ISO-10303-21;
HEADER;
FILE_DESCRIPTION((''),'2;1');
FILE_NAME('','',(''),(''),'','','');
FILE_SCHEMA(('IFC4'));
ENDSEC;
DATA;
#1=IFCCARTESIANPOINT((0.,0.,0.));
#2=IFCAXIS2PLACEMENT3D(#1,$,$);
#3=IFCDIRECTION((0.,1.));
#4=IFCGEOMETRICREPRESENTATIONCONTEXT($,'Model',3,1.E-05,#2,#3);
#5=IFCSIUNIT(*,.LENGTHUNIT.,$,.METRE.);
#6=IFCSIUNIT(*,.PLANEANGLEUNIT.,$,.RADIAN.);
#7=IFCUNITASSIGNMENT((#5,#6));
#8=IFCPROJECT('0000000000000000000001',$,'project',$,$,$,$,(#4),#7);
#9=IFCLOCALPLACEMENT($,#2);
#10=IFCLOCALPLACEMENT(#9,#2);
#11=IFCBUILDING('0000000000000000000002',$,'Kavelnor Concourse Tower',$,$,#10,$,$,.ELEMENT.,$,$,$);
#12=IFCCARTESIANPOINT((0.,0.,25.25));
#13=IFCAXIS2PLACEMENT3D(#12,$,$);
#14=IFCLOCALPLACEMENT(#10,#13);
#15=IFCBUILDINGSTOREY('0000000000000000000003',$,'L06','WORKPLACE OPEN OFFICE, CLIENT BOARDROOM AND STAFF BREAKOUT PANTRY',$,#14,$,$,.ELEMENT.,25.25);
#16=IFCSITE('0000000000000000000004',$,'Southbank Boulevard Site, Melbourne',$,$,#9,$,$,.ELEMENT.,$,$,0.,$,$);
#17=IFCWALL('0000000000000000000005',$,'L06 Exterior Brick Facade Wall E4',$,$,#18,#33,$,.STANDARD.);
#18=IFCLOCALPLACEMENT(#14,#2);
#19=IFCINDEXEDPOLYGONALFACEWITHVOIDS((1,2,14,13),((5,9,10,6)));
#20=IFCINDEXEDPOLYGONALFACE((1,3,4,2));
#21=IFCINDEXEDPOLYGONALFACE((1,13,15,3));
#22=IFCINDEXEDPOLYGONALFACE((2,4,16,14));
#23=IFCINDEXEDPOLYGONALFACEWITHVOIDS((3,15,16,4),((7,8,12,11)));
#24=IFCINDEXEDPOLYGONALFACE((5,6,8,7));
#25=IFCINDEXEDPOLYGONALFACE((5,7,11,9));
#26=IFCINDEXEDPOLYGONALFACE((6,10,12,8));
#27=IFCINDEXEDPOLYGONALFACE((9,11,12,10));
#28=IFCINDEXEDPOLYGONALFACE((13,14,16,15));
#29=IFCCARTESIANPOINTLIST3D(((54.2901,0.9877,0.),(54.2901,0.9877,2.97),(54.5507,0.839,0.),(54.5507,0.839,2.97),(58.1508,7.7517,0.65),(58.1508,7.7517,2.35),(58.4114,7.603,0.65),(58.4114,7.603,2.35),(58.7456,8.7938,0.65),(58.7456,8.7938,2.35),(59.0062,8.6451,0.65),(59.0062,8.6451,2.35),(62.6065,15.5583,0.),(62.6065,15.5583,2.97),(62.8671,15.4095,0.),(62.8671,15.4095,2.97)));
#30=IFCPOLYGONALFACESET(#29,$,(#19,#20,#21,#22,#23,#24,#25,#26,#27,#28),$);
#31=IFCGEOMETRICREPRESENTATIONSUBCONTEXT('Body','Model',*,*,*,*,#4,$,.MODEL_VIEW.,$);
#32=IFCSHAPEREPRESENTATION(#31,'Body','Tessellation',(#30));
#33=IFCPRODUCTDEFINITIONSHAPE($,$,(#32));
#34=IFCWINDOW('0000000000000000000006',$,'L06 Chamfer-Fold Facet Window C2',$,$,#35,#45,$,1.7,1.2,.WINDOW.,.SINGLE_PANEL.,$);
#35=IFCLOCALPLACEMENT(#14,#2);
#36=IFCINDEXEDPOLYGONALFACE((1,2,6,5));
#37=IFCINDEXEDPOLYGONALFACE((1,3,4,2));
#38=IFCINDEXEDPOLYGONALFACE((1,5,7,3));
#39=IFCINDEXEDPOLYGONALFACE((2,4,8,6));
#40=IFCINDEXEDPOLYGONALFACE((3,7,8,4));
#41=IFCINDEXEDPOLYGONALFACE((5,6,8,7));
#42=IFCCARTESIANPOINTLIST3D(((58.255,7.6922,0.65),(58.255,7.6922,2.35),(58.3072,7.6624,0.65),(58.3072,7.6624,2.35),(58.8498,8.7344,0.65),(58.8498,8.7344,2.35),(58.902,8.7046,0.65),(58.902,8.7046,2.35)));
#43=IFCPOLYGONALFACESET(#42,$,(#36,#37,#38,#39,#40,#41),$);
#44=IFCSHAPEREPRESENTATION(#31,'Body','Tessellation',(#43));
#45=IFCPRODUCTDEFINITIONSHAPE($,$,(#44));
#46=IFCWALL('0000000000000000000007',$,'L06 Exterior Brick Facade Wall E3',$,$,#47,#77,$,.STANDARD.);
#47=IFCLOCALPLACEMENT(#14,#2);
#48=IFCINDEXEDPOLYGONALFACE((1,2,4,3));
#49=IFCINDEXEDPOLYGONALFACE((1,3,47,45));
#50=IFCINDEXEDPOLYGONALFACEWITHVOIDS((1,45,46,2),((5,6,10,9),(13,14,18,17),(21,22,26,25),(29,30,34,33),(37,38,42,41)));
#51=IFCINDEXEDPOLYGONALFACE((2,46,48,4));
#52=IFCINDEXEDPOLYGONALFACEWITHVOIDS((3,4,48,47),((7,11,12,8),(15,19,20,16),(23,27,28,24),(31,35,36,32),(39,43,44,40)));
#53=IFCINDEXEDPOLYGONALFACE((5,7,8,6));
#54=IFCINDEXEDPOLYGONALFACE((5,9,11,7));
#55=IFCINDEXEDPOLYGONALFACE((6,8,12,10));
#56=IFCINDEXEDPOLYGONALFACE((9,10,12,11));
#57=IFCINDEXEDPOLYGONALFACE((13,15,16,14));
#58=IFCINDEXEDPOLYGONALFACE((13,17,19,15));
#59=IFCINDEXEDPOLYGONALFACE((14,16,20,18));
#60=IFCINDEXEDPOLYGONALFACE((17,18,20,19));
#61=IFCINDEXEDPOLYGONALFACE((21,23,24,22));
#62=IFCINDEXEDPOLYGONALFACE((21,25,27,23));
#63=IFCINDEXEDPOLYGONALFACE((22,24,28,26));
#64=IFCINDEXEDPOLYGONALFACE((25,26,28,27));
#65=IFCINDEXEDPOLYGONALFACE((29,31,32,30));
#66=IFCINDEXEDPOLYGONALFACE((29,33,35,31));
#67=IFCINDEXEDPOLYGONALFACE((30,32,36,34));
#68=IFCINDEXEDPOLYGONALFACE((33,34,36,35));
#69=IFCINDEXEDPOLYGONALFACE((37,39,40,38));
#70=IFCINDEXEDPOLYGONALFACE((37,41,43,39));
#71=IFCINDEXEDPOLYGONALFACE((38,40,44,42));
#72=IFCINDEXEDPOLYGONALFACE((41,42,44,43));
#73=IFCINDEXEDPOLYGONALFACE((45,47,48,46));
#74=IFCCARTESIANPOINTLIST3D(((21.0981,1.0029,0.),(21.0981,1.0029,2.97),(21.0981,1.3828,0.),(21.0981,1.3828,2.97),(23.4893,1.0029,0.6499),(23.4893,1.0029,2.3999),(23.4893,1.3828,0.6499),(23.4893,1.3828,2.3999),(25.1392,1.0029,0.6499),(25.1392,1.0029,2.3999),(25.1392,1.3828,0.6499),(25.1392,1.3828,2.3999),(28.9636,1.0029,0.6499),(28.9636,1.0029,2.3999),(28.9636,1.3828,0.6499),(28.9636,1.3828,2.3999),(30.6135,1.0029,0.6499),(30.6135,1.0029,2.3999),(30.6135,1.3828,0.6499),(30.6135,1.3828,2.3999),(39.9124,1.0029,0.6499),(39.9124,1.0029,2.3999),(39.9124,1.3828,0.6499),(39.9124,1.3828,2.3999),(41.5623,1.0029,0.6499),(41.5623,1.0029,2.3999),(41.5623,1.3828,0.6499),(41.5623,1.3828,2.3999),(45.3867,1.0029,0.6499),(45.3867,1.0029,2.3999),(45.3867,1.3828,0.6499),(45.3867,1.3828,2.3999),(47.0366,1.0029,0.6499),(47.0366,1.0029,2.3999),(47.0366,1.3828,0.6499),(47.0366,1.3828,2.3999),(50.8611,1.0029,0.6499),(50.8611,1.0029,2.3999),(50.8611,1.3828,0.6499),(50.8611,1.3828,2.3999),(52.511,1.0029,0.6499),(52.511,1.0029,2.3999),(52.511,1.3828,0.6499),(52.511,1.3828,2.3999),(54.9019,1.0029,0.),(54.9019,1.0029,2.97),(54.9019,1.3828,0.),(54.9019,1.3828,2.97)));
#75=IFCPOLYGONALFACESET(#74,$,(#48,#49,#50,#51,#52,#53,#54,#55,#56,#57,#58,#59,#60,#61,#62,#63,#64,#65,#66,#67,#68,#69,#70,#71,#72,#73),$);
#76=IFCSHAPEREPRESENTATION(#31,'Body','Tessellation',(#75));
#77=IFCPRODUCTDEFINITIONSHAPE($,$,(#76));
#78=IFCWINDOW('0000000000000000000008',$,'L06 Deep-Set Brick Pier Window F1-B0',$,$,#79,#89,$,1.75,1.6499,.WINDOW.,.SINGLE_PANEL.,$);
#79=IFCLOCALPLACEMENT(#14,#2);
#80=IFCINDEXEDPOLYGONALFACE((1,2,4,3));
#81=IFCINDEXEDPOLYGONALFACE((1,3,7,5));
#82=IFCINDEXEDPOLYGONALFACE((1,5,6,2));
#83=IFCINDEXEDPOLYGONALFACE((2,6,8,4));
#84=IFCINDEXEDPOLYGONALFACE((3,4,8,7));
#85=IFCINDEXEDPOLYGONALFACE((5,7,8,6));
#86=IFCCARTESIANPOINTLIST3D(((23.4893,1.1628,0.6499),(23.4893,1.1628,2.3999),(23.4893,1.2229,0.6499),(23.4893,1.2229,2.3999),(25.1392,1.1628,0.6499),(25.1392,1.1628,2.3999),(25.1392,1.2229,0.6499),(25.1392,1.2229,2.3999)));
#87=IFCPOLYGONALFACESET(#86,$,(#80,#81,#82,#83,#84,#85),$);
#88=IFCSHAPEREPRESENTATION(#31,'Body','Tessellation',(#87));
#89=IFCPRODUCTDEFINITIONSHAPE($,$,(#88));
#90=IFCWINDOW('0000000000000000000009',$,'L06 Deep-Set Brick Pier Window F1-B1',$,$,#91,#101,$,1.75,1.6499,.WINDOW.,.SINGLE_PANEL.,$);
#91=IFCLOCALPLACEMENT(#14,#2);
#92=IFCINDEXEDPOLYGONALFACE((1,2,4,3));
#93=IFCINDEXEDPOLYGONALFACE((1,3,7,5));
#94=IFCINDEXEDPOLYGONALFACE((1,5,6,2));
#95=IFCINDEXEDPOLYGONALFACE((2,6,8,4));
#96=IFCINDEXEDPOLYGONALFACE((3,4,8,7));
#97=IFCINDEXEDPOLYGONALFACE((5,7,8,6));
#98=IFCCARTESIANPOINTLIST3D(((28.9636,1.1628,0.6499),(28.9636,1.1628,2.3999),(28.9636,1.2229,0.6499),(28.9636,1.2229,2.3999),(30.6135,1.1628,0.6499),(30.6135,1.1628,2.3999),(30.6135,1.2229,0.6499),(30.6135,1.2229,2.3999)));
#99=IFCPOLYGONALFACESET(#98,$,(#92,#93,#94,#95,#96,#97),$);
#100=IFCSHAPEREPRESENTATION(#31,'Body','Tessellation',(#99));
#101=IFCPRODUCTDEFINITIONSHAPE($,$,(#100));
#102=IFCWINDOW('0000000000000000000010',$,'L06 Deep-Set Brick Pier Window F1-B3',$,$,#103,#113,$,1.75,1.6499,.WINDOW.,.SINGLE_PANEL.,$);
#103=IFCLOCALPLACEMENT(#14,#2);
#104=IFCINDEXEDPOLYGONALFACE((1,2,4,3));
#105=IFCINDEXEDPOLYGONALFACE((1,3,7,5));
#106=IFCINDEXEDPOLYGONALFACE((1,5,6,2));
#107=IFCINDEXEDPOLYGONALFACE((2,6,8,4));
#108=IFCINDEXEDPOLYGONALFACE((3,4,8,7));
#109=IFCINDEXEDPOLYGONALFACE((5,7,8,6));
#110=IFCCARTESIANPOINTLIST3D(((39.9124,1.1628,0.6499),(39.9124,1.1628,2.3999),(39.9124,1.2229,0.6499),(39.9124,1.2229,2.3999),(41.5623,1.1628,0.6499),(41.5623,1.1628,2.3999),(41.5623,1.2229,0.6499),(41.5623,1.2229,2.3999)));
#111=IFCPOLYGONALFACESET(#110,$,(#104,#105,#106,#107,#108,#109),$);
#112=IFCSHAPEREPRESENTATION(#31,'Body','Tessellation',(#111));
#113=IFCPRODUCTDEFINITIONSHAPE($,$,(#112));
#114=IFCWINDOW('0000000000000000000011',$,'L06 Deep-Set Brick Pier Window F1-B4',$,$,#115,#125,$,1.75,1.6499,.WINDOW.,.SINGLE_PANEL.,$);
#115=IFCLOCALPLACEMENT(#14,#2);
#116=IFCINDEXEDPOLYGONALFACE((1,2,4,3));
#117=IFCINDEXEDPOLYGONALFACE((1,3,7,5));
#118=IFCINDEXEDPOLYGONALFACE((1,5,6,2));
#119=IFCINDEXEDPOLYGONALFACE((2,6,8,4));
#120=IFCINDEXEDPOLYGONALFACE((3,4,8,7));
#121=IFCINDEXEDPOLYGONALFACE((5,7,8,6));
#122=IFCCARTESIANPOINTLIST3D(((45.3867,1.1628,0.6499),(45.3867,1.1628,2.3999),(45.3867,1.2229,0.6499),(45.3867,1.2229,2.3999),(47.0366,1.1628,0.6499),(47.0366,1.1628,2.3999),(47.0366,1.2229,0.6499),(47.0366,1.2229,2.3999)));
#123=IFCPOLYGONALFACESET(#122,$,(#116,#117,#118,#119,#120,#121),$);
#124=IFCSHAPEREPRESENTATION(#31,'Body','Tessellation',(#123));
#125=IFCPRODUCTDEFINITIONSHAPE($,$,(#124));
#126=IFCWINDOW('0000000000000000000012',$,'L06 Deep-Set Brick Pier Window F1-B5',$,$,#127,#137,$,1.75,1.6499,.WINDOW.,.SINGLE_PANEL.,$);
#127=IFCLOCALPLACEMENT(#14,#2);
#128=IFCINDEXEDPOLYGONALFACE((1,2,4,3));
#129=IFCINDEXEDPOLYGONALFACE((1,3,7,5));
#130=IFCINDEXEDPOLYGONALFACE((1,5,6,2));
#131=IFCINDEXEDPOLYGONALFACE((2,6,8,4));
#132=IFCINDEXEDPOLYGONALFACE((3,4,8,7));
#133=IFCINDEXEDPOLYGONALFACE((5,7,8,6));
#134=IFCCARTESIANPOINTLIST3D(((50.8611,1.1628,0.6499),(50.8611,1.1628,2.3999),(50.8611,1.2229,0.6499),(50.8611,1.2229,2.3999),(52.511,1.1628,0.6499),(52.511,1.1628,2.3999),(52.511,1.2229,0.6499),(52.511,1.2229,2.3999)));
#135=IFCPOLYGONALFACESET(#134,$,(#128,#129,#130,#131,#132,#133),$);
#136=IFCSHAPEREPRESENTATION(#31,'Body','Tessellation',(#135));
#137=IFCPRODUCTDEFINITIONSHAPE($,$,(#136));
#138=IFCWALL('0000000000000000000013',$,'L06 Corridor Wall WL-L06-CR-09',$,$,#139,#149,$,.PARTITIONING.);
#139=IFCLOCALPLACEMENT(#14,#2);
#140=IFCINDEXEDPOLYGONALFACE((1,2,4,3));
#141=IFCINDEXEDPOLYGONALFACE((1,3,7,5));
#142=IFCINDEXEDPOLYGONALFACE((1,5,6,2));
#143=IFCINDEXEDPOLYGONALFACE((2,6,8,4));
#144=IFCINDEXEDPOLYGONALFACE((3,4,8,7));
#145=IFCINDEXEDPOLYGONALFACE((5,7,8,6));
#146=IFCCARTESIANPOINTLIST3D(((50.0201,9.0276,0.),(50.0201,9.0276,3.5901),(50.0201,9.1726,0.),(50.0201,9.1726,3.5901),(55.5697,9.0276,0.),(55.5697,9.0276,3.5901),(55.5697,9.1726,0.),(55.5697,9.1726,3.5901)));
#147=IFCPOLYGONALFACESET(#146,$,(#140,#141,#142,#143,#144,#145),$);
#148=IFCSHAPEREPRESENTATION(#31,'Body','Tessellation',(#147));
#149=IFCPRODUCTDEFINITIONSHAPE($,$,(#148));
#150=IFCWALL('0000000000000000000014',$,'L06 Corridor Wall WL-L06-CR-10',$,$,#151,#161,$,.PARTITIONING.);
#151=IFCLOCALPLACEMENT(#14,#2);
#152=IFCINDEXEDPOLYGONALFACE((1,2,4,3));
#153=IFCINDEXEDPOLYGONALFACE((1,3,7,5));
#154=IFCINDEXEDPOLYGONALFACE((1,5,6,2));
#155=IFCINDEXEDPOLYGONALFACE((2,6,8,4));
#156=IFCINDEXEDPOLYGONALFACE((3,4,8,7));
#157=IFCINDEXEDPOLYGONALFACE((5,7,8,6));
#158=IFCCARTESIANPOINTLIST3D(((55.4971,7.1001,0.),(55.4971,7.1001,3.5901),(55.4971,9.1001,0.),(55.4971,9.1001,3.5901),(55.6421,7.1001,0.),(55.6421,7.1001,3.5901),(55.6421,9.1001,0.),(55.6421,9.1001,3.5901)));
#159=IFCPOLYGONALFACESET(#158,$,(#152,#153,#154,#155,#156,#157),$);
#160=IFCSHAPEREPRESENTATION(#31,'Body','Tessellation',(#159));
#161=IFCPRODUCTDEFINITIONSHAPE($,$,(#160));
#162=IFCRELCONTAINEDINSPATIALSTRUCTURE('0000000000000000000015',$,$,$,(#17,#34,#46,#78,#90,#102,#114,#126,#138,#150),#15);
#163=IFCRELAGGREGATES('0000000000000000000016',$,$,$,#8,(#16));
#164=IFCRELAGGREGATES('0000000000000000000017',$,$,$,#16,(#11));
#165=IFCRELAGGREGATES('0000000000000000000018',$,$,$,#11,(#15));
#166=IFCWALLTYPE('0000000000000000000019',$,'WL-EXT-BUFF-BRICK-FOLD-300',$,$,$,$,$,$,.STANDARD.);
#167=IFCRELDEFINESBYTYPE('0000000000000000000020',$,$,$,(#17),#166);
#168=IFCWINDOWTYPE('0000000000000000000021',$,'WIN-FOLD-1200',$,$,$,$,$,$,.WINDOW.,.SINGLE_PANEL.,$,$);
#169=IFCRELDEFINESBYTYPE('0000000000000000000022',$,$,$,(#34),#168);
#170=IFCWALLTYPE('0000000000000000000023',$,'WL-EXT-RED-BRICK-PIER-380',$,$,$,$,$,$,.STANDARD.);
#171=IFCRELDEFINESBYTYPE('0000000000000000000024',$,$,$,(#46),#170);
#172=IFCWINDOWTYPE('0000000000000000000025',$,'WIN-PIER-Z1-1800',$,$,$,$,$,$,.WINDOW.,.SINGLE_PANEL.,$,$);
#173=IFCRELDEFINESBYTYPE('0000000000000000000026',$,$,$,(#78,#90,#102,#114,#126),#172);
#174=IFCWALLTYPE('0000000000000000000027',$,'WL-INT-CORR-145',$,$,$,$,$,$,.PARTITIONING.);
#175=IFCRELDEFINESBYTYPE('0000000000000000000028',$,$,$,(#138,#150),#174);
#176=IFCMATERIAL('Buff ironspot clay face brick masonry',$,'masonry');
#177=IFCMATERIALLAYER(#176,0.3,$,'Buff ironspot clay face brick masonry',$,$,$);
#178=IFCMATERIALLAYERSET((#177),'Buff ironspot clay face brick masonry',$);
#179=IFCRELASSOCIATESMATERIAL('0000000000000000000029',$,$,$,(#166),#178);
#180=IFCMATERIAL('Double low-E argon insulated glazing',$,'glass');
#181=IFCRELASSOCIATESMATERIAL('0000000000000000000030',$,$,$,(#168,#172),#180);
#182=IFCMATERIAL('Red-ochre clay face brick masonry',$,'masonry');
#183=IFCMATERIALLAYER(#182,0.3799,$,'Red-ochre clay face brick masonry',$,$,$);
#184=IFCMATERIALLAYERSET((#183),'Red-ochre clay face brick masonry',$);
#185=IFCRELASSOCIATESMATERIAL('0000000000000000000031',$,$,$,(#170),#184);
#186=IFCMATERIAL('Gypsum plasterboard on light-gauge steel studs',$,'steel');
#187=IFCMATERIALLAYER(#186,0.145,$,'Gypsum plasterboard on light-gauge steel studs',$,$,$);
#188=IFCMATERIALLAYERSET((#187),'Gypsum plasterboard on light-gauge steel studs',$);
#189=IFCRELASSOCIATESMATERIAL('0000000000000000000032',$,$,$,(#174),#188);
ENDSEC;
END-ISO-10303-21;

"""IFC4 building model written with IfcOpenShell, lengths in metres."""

from ifc_helpers import new_model, si_unit, direction, frame, frame_2d, origin, place, context, subcontext, project, spatial, rectangle, extrude, material, layer, layer_set, type_object, element, fill, save


model = new_model("IFC4")

# Units and contexts
model_context = context("Model", 3, precision=1e-05, world=origin(), true_north=direction((0.0, 1.0)))
body_context = subcontext(model_context, "Body", "Model", "MODEL_VIEW")
ifc_project = project(units=[si_unit("LENGTHUNIT", "METRE"), si_unit("PLANEANGLEUNIT", "RADIAN")], contexts=[model_context])

# Site, building, storey
site_placement = place(None, origin())
site = spatial("IfcSite", under=ifc_project, at=site_placement, Name="Southbank Boulevard Site, Melbourne", CompositionType="ELEMENT", RefElevation=0.0)
building_placement = place(site_placement, origin())
building = spatial("IfcBuilding", under=site, at=building_placement, Name="Kavelnor Concourse Tower", CompositionType="ELEMENT")
storey_placement = place(building_placement, frame((0.0, 0.0, 25.25)))
storey = spatial("IfcBuildingStorey", under=building, at=storey_placement, Name="L06", Description="WORKPLACE OPEN OFFICE, CLIENT BOARDROOM AND STAFF BREAKOUT PANTRY", CompositionType="ELEMENT", Elevation=25.25)

# Wall, opening, window
ifc_material_1 = material(Name="Buff ironspot clay face brick masonry", Category="masonry")
ifc_layer_1 = layer(ifc_material_1, 0.3, Name="Buff ironspot clay face brick masonry")
ifc_layer_set_1 = layer_set([ifc_layer_1], Name="Buff ironspot clay face brick masonry")
wall_type_1 = type_object("IfcWallType", Name="WL-EXT-BUFF-BRICK-FOLD-300", PredefinedType="STANDARD", material=ifc_layer_set_1)
wall_1_placement = place(storey_placement, frame((62.7368, 15.4839, 0.0), z_axis=(0.0, 0.0, 1.0), x_axis=(-0.495706, -0.86849, 0.0)))
wall_1 = element("IfcWall", 1, at=wall_1_placement, inside=storey, type_object=wall_type_1, Name="L06 Exterior Brick Facade Wall E4", PredefinedType="STANDARD", context=body_context, shape_type="SweptSolid", body=[
    extrude(rectangle(XDim=16.7769, YDim=0.3, at=frame_2d((8.3884, 0.0))), origin(), (0.0, 0.0, 1.0), 2.97),
])
opening_1_placement = place(wall_1_placement, frame((7.7886, 0.0, 0.6499)))
opening_1 = element("IfcOpeningElement", 2, at=opening_1_placement, cuts=wall_1, PredefinedType="OPENING", context=body_context, shape_type="SweptSolid", body=[
    extrude(rectangle(XDim=1.2, YDim=1.7, at=frame_2d((0.6001, 0.8501))), frame((0.0, 0.1602, 0.0), z_axis=(0.0, -1.0, 0.0), x_axis=(1.0, 0.0, 0.0)), (0.0, 0.0, 1.0), 0.3201),
])
ifc_material_2 = material(Name="Double low-E argon insulated glazing", Category="glass")
window_type_1 = type_object("IfcWindowType", Name="WIN-FOLD-1200", PartitioningType="SINGLE_PANEL", PredefinedType="WINDOW", material=ifc_material_2)
window_1_placement = place(opening_1_placement, origin())
window_1 = element("IfcWindow", 3, at=window_1_placement, inside=storey, type_object=window_type_1, Name="L06 Chamfer-Fold Facet Window C2", OverallHeight=1.7, OverallWidth=1.2, PartitioningType="SINGLE_PANEL", PredefinedType="WINDOW", context=body_context, shape_type="SweptSolid", body=[
    extrude(rectangle(XDim=1.2, YDim=1.7, at=frame_2d((0.6001, 0.8501))), frame((0.0, 0.03, 0.0), z_axis=(0.0, -1.0, 0.0), x_axis=(1.0, 0.0, 0.0)), (0.0, 0.0, 1.0), 0.0601),
])
fill(opening_1, window_1)

# Wall, openings, windows
ifc_material_3 = material(Name="Red-ochre clay face brick masonry", Category="masonry")
ifc_layer_2 = layer(ifc_material_3, 0.3799, Name="Red-ochre clay face brick masonry")
ifc_layer_set_2 = layer_set([ifc_layer_2], Name="Red-ochre clay face brick masonry")
wall_type_2 = type_object("IfcWallType", Name="WL-EXT-RED-BRICK-PIER-380", PredefinedType="STANDARD", material=ifc_layer_set_2)
wall_2_placement = place(storey_placement, frame((54.9019, 1.1929, 0.0), z_axis=(0.0, 0.0, 1.0), x_axis=(-1.0, 0.0, 0.0)))
wall_2 = element("IfcWall", 4, at=wall_2_placement, inside=storey, type_object=wall_type_2, Name="L06 Exterior Brick Facade Wall E3", PredefinedType="STANDARD", context=body_context, shape_type="SweptSolid", body=[
    extrude(rectangle(XDim=33.8037, YDim=0.3799, at=frame_2d((16.9019, 0.0))), origin(), (0.0, 0.0, 1.0), 2.97),
])
opening_2_placement = place(wall_2_placement, frame((29.7627, 0.0, 0.6499)))
opening_2 = element("IfcOpeningElement", 5, at=opening_2_placement, cuts=wall_2, PredefinedType="OPENING", context=body_context, shape_type="SweptSolid", body=[
    extrude(rectangle(XDim=1.6499, YDim=1.75, at=frame_2d((0.825, 0.875))), frame((0.0, 0.2, 0.0), z_axis=(0.0, -1.0, 0.0), x_axis=(1.0, 0.0, 0.0)), (0.0, 0.0, 1.0), 0.3999),
])
opening_3_placement = place(wall_2_placement, frame((24.2883, 0.0, 0.6499)))
opening_3 = element("IfcOpeningElement", 6, at=opening_3_placement, cuts=wall_2, PredefinedType="OPENING", context=body_context, shape_type="SweptSolid", body=[
    extrude(rectangle(XDim=1.6499, YDim=1.75, at=frame_2d((0.825, 0.875))), frame((0.0, 0.2, 0.0), z_axis=(0.0, -1.0, 0.0), x_axis=(1.0, 0.0, 0.0)), (0.0, 0.0, 1.0), 0.3999),
])
opening_4_placement = place(wall_2_placement, frame((13.3396, 0.0, 0.6499)))
opening_4 = element("IfcOpeningElement", 7, at=opening_4_placement, cuts=wall_2, PredefinedType="OPENING", context=body_context, shape_type="SweptSolid", body=[
    extrude(rectangle(XDim=1.6499, YDim=1.75, at=frame_2d((0.825, 0.875))), frame((0.0, 0.2, 0.0), z_axis=(0.0, -1.0, 0.0), x_axis=(1.0, 0.0, 0.0)), (0.0, 0.0, 1.0), 0.3999),
])
opening_5_placement = place(wall_2_placement, frame((7.8652, 0.0, 0.6499)))
opening_5 = element("IfcOpeningElement", 8, at=opening_5_placement, cuts=wall_2, PredefinedType="OPENING", context=body_context, shape_type="SweptSolid", body=[
    extrude(rectangle(XDim=1.6499, YDim=1.75, at=frame_2d((0.825, 0.875))), frame((0.0, 0.2, 0.0), z_axis=(0.0, -1.0, 0.0), x_axis=(1.0, 0.0, 0.0)), (0.0, 0.0, 1.0), 0.3999),
])
opening_6_placement = place(wall_2_placement, frame((2.3909, 0.0, 0.6499)))
opening_6 = element("IfcOpeningElement", 9, at=opening_6_placement, cuts=wall_2, PredefinedType="OPENING", context=body_context, shape_type="SweptSolid", body=[
    extrude(rectangle(XDim=1.6499, YDim=1.75, at=frame_2d((0.825, 0.875))), frame((0.0, 0.2, 0.0), z_axis=(0.0, -1.0, 0.0), x_axis=(1.0, 0.0, 0.0)), (0.0, 0.0, 1.0), 0.3999),
])
window_type_2 = type_object("IfcWindowType", Name="WIN-PIER-Z1-1800", PartitioningType="SINGLE_PANEL", PredefinedType="WINDOW", material=ifc_material_2)
window_2_placement = place(opening_2_placement, origin())
window_2 = element("IfcWindow", 10, at=window_2_placement, inside=storey, type_object=window_type_2, Name="L06 Deep-Set Brick Pier Window F1-B0", OverallHeight=1.75, OverallWidth=1.6499, PartitioningType="SINGLE_PANEL", PredefinedType="WINDOW", context=body_context, shape_type="SweptSolid", body=[
    extrude(rectangle(XDim=1.6499, YDim=1.75, at=frame_2d((0.825, 0.875))), frame((0.0, 0.03, 0.0), z_axis=(0.0, -1.0, 0.0), x_axis=(1.0, 0.0, 0.0)), (0.0, 0.0, 1.0), 0.0601),
])
fill(opening_2, window_2)
window_3_placement = place(opening_3_placement, origin())
window_3 = element("IfcWindow", 11, at=window_3_placement, inside=storey, type_object=window_type_2, Name="L06 Deep-Set Brick Pier Window F1-B1", OverallHeight=1.75, OverallWidth=1.6499, PartitioningType="SINGLE_PANEL", PredefinedType="WINDOW", context=body_context, shape_type="SweptSolid", body=[
    extrude(rectangle(XDim=1.6499, YDim=1.75, at=frame_2d((0.825, 0.875))), frame((0.0, 0.03, 0.0), z_axis=(0.0, -1.0, 0.0), x_axis=(1.0, 0.0, 0.0)), (0.0, 0.0, 1.0), 0.0601),
])
fill(opening_3, window_3)
window_4_placement = place(opening_4_placement, origin())
window_4 = element("IfcWindow", 12, at=window_4_placement, inside=storey, type_object=window_type_2, Name="L06 Deep-Set Brick Pier Window F1-B3", OverallHeight=1.75, OverallWidth=1.6499, PartitioningType="SINGLE_PANEL", PredefinedType="WINDOW", context=body_context, shape_type="SweptSolid", body=[
    extrude(rectangle(XDim=1.6499, YDim=1.75, at=frame_2d((0.825, 0.875))), frame((0.0, 0.03, 0.0), z_axis=(0.0, -1.0, 0.0), x_axis=(1.0, 0.0, 0.0)), (0.0, 0.0, 1.0), 0.0601),
])
fill(opening_4, window_4)
window_5_placement = place(opening_5_placement, origin())
window_5 = element("IfcWindow", 13, at=window_5_placement, inside=storey, type_object=window_type_2, Name="L06 Deep-Set Brick Pier Window F1-B4", OverallHeight=1.75, OverallWidth=1.6499, PartitioningType="SINGLE_PANEL", PredefinedType="WINDOW", context=body_context, shape_type="SweptSolid", body=[
    extrude(rectangle(XDim=1.6499, YDim=1.75, at=frame_2d((0.825, 0.875))), frame((0.0, 0.03, 0.0), z_axis=(0.0, -1.0, 0.0), x_axis=(1.0, 0.0, 0.0)), (0.0, 0.0, 1.0), 0.0601),
])
fill(opening_5, window_5)
window_6_placement = place(opening_6_placement, origin())
window_6 = element("IfcWindow", 14, at=window_6_placement, inside=storey, type_object=window_type_2, Name="L06 Deep-Set Brick Pier Window F1-B5", OverallHeight=1.75, OverallWidth=1.6499, PartitioningType="SINGLE_PANEL", PredefinedType="WINDOW", context=body_context, shape_type="SweptSolid", body=[
    extrude(rectangle(XDim=1.6499, YDim=1.75, at=frame_2d((0.825, 0.875))), frame((0.0, 0.03, 0.0), z_axis=(0.0, -1.0, 0.0), x_axis=(1.0, 0.0, 0.0)), (0.0, 0.0, 1.0), 0.0601),
])
fill(opening_6, window_6)

# Walls
ifc_material_4 = material(Name="Gypsum plasterboard on light-gauge steel studs", Category="steel")
ifc_layer_3 = layer(ifc_material_4, 0.145, Name="Gypsum plasterboard on light-gauge steel studs")
ifc_layer_set_3 = layer_set([ifc_layer_3], Name="Gypsum plasterboard on light-gauge steel studs")
wall_type_3 = type_object("IfcWallType", Name="WL-INT-CORR-145", PredefinedType="PARTITIONING", material=ifc_layer_set_3)
wall_3_placement = place(storey_placement, frame((50.02, 9.1001, 0.0), z_axis=(0.0, 0.0, 1.0), x_axis=(1.0, 0.0, 0.0)))
element("IfcWall", 15, at=wall_3_placement, inside=storey, type_object=wall_type_3, Name="L06 Corridor Wall WL-L06-CR-09", PredefinedType="PARTITIONING", context=body_context, shape_type="SweptSolid", body=[
    extrude(rectangle(XDim=5.5496, YDim=0.145, at=frame_2d((2.7749, 0.0))), origin(), (0.0, 0.0, 1.0), 3.5901),
])
wall_4_placement = place(storey_placement, frame((55.5696, 9.1001, 0.0), z_axis=(0.0, 0.0, 1.0), x_axis=(0.0, -1.0, 0.0)))
element("IfcWall", 16, at=wall_4_placement, inside=storey, type_object=wall_type_3, Name="L06 Corridor Wall WL-L06-CR-10", PredefinedType="PARTITIONING", context=body_context, shape_type="SweptSolid", body=[
    extrude(rectangle(XDim=2.0, YDim=0.145, at=frame_2d((1.0, 0.0))), origin(), (0.0, 0.0, 1.0), 3.5901),
])

save(model, "model.ifc")
